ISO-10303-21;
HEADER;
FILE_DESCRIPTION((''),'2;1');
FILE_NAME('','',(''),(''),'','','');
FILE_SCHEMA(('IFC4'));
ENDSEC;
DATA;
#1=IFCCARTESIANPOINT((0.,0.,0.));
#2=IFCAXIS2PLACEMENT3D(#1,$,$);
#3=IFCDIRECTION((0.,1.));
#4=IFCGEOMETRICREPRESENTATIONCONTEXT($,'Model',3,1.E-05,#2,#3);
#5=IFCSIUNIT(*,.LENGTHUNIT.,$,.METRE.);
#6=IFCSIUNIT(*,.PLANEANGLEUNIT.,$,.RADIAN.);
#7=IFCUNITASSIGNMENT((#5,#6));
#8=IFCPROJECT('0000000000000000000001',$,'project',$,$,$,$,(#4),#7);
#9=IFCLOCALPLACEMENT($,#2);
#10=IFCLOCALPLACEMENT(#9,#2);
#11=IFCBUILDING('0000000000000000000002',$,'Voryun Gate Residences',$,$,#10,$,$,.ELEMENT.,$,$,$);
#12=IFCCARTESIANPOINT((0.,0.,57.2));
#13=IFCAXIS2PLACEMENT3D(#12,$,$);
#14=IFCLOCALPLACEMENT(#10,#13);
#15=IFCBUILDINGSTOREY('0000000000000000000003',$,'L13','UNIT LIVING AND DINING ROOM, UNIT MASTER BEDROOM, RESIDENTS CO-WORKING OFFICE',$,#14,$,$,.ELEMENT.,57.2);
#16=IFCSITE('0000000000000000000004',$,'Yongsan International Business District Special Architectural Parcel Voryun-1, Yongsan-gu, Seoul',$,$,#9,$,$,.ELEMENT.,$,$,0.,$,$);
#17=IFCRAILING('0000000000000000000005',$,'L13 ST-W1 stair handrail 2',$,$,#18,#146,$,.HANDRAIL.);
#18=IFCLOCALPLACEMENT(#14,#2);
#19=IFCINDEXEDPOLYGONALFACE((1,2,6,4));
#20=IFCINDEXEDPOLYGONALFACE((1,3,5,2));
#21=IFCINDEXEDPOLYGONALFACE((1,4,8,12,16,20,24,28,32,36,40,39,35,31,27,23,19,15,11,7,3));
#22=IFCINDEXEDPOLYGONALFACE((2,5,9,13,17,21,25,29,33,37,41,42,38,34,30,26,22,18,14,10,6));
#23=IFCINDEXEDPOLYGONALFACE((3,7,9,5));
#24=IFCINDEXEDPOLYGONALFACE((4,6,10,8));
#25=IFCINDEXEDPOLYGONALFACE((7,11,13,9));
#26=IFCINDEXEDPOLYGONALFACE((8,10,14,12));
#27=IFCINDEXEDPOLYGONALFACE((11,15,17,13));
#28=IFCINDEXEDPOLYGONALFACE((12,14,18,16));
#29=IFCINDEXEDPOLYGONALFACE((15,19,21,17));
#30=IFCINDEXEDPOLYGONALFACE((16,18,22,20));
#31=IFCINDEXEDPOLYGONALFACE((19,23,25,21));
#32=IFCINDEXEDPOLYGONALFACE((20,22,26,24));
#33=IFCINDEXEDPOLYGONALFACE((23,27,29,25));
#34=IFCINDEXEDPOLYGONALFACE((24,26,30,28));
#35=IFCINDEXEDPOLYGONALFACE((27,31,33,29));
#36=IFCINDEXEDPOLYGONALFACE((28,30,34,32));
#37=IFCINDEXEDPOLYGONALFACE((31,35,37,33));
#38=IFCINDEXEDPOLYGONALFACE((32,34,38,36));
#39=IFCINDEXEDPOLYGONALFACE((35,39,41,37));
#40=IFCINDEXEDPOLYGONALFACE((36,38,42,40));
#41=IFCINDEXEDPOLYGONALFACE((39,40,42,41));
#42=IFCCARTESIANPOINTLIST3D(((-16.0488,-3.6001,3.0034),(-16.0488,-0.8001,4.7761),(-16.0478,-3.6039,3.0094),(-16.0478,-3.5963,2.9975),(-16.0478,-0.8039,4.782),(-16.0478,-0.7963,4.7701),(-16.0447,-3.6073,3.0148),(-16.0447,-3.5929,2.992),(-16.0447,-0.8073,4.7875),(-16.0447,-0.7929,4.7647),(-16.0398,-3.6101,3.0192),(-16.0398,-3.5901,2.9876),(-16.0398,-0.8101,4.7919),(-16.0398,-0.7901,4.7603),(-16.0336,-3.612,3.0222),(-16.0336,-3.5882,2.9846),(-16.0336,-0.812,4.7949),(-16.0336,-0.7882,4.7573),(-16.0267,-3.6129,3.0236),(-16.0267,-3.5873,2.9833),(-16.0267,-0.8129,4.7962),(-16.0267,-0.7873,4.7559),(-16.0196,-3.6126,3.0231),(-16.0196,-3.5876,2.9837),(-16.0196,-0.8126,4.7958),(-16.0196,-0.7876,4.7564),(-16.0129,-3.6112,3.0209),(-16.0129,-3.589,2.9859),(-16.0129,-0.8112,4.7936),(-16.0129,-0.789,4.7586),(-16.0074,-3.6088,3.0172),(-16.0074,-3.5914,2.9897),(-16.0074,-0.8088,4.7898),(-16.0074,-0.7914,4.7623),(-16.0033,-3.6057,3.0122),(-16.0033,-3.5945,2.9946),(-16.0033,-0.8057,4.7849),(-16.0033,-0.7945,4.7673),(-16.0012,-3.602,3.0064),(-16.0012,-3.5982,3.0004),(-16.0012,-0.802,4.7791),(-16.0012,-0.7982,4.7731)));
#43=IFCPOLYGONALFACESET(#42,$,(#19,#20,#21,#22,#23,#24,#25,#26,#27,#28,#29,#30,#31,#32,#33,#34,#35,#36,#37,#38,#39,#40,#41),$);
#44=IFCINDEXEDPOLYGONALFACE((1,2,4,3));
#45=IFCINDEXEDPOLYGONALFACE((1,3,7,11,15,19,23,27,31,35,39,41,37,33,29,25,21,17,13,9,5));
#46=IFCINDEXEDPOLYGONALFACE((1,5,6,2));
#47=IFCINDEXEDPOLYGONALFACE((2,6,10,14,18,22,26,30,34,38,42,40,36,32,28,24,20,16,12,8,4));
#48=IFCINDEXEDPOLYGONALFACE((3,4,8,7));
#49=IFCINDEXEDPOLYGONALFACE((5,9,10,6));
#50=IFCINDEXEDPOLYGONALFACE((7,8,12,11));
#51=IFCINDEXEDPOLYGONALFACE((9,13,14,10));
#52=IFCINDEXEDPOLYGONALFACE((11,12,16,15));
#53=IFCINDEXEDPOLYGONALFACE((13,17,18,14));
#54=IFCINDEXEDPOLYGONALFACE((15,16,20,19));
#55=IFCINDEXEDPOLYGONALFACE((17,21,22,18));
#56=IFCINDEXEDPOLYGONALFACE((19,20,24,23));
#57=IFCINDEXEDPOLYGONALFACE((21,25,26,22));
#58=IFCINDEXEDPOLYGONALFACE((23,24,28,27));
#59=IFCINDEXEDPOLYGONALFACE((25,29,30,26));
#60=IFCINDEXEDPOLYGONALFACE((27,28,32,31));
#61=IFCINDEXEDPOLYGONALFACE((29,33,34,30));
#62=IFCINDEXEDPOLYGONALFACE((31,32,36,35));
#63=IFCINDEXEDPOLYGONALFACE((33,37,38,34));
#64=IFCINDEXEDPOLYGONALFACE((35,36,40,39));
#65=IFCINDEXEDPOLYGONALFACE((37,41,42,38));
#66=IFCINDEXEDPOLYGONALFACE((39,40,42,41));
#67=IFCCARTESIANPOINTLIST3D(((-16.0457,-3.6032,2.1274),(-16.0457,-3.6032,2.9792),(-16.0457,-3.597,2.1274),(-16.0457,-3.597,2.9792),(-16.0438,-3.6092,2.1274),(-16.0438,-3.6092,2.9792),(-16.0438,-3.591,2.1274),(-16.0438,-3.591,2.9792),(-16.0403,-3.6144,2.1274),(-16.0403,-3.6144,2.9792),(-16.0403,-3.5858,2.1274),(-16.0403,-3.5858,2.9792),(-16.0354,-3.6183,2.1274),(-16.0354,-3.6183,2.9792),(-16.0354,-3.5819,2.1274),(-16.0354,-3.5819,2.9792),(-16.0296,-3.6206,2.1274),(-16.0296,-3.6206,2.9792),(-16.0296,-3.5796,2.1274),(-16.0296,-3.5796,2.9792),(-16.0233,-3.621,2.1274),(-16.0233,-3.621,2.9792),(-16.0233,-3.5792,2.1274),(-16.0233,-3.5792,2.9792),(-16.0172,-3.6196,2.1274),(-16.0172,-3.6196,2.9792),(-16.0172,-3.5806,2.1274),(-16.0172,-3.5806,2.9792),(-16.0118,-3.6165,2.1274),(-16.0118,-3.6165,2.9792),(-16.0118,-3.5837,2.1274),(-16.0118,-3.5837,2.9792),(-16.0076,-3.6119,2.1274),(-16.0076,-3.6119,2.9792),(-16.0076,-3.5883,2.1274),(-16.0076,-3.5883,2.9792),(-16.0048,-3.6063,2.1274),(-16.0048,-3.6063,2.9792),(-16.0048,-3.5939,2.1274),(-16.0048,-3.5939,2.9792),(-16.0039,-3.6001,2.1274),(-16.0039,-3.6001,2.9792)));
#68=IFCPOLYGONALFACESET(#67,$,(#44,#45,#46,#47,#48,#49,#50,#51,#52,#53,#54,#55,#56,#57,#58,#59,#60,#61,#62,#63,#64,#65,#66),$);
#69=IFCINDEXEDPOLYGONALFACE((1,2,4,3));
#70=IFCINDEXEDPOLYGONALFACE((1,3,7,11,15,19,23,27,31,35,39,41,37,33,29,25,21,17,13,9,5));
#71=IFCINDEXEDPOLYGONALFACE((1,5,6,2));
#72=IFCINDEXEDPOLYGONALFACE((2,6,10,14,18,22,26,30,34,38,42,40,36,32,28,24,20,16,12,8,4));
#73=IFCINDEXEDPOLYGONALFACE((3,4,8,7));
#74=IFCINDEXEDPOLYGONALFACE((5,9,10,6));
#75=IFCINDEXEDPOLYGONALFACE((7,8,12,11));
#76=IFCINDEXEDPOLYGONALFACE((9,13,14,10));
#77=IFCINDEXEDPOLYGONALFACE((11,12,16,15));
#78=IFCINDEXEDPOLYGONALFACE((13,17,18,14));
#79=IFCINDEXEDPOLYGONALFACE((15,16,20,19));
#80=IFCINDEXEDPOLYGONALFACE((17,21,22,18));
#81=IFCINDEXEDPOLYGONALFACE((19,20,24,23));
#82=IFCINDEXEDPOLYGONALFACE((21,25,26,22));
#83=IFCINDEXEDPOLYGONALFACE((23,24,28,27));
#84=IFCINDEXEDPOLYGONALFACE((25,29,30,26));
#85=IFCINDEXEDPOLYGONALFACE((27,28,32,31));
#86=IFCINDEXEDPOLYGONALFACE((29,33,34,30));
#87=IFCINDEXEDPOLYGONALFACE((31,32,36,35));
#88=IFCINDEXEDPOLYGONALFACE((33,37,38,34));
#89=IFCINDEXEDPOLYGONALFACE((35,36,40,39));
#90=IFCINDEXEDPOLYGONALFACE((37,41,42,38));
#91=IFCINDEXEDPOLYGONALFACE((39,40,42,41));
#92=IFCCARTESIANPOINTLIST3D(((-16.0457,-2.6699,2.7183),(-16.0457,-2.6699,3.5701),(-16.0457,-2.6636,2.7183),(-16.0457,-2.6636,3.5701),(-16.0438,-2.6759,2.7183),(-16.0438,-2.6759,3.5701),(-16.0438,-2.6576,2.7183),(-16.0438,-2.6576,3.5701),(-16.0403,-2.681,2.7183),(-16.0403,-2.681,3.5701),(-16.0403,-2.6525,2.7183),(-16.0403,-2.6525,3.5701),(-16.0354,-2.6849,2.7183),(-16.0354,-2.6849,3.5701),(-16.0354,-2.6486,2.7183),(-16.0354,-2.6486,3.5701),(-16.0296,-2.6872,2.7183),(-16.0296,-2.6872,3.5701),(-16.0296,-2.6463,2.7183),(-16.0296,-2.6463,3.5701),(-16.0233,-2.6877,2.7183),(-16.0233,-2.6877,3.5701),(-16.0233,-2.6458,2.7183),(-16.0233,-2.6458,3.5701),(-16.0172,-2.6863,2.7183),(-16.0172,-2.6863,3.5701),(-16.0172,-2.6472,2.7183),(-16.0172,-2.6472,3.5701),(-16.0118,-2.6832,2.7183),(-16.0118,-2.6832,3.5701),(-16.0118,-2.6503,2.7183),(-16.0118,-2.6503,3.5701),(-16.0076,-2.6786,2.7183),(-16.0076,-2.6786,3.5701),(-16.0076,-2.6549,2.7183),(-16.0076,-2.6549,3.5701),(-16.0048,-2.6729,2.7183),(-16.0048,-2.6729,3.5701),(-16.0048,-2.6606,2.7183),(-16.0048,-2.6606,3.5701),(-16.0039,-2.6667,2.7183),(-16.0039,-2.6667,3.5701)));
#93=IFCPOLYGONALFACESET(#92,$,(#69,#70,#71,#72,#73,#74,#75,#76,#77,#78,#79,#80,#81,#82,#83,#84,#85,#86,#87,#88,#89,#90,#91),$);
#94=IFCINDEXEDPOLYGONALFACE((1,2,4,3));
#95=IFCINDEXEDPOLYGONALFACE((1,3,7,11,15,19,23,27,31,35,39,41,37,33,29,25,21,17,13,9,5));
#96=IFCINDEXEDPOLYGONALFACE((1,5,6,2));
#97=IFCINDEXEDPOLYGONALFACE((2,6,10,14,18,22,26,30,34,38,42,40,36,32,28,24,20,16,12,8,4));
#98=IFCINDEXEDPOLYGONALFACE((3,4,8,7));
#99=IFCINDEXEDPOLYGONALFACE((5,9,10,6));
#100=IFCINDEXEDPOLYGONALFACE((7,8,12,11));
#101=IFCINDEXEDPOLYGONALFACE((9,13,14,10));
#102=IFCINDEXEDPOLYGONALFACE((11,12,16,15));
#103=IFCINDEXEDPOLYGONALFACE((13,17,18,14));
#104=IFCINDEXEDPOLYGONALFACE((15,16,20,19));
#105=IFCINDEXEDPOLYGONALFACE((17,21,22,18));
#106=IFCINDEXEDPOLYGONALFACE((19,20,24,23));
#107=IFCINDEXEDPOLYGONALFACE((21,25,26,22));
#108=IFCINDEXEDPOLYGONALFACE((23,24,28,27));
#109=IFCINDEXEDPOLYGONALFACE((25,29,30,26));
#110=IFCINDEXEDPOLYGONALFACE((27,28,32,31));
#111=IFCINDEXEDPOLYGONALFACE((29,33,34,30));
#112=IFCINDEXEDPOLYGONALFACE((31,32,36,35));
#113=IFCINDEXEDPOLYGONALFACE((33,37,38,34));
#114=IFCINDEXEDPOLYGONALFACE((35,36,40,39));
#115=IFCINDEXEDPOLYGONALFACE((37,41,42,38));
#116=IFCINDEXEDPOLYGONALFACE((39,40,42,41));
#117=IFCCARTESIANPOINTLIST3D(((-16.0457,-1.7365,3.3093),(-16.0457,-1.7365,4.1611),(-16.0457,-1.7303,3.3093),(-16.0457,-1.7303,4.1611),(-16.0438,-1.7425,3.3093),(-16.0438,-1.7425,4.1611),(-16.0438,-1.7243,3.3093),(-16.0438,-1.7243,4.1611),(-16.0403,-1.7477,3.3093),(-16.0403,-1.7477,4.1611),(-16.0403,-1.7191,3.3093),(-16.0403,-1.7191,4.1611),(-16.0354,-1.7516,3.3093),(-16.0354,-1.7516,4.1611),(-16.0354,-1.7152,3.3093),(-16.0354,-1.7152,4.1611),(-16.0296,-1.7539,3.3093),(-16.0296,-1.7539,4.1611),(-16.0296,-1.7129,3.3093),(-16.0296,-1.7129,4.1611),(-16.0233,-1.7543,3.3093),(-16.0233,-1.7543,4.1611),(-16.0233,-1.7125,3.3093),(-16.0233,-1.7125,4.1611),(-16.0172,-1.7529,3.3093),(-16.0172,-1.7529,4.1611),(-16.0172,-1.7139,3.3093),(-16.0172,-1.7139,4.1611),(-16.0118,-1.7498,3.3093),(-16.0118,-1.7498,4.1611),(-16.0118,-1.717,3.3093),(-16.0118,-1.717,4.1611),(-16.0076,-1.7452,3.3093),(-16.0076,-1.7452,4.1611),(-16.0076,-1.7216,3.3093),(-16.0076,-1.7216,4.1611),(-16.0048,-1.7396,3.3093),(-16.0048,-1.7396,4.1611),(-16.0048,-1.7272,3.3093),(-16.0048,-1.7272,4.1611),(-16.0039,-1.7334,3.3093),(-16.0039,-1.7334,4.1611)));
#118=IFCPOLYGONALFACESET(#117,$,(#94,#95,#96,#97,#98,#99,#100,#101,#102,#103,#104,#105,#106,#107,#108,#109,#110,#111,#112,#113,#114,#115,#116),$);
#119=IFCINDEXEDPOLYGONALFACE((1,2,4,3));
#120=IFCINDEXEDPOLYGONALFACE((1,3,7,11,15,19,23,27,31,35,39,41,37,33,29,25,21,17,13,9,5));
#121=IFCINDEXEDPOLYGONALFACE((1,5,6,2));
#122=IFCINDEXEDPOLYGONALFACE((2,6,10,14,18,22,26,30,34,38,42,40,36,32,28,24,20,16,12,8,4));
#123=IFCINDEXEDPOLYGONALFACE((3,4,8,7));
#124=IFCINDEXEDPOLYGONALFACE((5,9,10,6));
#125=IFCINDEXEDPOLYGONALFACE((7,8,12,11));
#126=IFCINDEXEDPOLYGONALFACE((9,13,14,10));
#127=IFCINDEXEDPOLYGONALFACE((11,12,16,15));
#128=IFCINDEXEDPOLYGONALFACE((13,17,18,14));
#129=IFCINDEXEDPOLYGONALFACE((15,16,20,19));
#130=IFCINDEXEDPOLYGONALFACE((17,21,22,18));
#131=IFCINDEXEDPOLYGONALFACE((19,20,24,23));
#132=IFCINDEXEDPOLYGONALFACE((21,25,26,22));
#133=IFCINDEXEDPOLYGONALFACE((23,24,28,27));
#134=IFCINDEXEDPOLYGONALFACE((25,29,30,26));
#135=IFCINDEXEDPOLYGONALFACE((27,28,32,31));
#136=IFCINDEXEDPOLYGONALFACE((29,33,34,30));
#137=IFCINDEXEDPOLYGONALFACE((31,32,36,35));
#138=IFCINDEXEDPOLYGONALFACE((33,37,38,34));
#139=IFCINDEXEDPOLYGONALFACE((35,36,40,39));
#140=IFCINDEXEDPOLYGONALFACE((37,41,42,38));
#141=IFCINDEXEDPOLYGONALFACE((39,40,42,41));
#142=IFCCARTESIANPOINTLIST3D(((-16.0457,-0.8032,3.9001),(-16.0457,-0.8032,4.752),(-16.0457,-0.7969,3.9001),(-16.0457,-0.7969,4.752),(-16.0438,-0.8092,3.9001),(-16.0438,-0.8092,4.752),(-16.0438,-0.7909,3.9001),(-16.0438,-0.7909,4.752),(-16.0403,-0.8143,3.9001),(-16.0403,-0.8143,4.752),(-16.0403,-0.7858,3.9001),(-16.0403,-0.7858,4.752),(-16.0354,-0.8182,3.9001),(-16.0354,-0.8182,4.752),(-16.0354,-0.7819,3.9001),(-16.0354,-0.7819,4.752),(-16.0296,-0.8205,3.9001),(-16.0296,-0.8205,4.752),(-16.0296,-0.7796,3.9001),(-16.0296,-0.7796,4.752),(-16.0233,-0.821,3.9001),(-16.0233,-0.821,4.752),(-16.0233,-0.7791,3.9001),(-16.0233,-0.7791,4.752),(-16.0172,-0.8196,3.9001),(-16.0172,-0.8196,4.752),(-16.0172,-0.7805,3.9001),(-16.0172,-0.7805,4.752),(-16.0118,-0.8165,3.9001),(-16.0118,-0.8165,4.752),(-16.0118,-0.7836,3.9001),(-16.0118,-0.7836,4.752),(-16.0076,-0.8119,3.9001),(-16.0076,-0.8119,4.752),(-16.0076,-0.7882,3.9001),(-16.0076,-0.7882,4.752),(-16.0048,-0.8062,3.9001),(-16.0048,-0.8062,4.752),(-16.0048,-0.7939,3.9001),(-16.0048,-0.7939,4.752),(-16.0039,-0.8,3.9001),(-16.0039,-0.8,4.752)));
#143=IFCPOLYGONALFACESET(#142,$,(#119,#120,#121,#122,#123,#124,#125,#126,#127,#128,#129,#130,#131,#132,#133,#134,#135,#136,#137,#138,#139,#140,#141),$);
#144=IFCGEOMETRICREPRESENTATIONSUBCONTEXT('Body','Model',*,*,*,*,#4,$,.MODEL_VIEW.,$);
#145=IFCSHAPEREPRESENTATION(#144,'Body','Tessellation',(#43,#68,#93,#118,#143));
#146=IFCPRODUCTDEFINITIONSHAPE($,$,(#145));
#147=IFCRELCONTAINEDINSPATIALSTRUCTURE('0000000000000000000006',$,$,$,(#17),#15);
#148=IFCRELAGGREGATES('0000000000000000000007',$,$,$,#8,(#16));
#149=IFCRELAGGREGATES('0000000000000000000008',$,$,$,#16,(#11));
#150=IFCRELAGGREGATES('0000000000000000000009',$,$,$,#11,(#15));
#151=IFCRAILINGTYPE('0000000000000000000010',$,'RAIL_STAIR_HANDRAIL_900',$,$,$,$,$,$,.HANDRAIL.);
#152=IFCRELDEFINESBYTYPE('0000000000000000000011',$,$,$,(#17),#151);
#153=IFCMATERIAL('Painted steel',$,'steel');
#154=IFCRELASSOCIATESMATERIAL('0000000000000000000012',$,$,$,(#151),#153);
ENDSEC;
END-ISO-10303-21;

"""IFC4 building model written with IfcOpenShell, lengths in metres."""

from ifc_helpers import new_model, si_unit, direction, frame, origin, origin_2d, place, context, subcontext, project, spatial, circle, extrude, material, type_object, element, save


model = new_model("IFC4")

# Units and contexts
model_context = context("Model", 3, precision=1e-05, world=origin(), true_north=direction((0.0, 1.0)))
body_context = subcontext(model_context, "Body", "Model", "MODEL_VIEW")
ifc_project = project(units=[si_unit("LENGTHUNIT", "METRE"), si_unit("PLANEANGLEUNIT", "RADIAN")], contexts=[model_context])

# Site, building, storey
site_placement = place(None, origin())
site = spatial("IfcSite", under=ifc_project, at=site_placement, Name="Yongsan International Business District Special Architectural Parcel Voryun-1, Yongsan-gu, Seoul", CompositionType="ELEMENT", RefElevation=0.0)
building_placement = place(site_placement, origin())
building = spatial("IfcBuilding", under=site, at=building_placement, Name="Voryun Gate Residences", CompositionType="ELEMENT")
storey_placement = place(building_placement, frame((0.0, 0.0, 57.2)))
storey = spatial("IfcBuildingStorey", under=building, at=storey_placement, Name="L13", Description="UNIT LIVING AND DINING ROOM, UNIT MASTER BEDROOM, RESIDENTS CO-WORKING OFFICE", CompositionType="ELEMENT", Elevation=57.2)

# Railing
ifc_material_1 = material(Name="Painted steel", Category="steel")
railing_type_1 = type_object("IfcRailingType", Name="RAIL_STAIR_HANDRAIL_900", PredefinedType="HANDRAIL", material=ifc_material_1)
railing_1_placement = place(storey_placement, frame((-16.0249, -3.6001, 2.1274)))
element("IfcRailing", 1, at=railing_1_placement, inside=storey, type_object=railing_type_1, Name="L13 ST-W1 stair handrail 2", PredefinedType="HANDRAIL", context=body_context, shape_type="SweptSolid", body=[
    extrude(circle(Radius=0.0239, at=origin_2d()), frame((0.0, 0.0, 0.876), z_axis=(0.0, 0.844909, 0.53491), x_axis=(-1.0, 0.0, 0.0)), (0.0, 0.0, 1.0), 3.314),
    extrude(circle(Radius=0.021, at=origin_2d()), origin(), (0.0, 0.0, 1.0), 0.8518),
    extrude(circle(Radius=0.021, at=origin_2d()), frame((0.0, 0.9333, 0.5908)), (0.0, 0.0, 1.0), 0.8518),
    extrude(circle(Radius=0.021, at=origin_2d()), frame((0.0, 1.8667, 1.1819)), (0.0, 0.0, 1.0), 0.8518),
    extrude(circle(Radius=0.021, at=origin_2d()), frame((0.0, 2.8, 1.7727)), (0.0, 0.0, 1.0), 0.8518),
])

save(model, "model.ifc")
